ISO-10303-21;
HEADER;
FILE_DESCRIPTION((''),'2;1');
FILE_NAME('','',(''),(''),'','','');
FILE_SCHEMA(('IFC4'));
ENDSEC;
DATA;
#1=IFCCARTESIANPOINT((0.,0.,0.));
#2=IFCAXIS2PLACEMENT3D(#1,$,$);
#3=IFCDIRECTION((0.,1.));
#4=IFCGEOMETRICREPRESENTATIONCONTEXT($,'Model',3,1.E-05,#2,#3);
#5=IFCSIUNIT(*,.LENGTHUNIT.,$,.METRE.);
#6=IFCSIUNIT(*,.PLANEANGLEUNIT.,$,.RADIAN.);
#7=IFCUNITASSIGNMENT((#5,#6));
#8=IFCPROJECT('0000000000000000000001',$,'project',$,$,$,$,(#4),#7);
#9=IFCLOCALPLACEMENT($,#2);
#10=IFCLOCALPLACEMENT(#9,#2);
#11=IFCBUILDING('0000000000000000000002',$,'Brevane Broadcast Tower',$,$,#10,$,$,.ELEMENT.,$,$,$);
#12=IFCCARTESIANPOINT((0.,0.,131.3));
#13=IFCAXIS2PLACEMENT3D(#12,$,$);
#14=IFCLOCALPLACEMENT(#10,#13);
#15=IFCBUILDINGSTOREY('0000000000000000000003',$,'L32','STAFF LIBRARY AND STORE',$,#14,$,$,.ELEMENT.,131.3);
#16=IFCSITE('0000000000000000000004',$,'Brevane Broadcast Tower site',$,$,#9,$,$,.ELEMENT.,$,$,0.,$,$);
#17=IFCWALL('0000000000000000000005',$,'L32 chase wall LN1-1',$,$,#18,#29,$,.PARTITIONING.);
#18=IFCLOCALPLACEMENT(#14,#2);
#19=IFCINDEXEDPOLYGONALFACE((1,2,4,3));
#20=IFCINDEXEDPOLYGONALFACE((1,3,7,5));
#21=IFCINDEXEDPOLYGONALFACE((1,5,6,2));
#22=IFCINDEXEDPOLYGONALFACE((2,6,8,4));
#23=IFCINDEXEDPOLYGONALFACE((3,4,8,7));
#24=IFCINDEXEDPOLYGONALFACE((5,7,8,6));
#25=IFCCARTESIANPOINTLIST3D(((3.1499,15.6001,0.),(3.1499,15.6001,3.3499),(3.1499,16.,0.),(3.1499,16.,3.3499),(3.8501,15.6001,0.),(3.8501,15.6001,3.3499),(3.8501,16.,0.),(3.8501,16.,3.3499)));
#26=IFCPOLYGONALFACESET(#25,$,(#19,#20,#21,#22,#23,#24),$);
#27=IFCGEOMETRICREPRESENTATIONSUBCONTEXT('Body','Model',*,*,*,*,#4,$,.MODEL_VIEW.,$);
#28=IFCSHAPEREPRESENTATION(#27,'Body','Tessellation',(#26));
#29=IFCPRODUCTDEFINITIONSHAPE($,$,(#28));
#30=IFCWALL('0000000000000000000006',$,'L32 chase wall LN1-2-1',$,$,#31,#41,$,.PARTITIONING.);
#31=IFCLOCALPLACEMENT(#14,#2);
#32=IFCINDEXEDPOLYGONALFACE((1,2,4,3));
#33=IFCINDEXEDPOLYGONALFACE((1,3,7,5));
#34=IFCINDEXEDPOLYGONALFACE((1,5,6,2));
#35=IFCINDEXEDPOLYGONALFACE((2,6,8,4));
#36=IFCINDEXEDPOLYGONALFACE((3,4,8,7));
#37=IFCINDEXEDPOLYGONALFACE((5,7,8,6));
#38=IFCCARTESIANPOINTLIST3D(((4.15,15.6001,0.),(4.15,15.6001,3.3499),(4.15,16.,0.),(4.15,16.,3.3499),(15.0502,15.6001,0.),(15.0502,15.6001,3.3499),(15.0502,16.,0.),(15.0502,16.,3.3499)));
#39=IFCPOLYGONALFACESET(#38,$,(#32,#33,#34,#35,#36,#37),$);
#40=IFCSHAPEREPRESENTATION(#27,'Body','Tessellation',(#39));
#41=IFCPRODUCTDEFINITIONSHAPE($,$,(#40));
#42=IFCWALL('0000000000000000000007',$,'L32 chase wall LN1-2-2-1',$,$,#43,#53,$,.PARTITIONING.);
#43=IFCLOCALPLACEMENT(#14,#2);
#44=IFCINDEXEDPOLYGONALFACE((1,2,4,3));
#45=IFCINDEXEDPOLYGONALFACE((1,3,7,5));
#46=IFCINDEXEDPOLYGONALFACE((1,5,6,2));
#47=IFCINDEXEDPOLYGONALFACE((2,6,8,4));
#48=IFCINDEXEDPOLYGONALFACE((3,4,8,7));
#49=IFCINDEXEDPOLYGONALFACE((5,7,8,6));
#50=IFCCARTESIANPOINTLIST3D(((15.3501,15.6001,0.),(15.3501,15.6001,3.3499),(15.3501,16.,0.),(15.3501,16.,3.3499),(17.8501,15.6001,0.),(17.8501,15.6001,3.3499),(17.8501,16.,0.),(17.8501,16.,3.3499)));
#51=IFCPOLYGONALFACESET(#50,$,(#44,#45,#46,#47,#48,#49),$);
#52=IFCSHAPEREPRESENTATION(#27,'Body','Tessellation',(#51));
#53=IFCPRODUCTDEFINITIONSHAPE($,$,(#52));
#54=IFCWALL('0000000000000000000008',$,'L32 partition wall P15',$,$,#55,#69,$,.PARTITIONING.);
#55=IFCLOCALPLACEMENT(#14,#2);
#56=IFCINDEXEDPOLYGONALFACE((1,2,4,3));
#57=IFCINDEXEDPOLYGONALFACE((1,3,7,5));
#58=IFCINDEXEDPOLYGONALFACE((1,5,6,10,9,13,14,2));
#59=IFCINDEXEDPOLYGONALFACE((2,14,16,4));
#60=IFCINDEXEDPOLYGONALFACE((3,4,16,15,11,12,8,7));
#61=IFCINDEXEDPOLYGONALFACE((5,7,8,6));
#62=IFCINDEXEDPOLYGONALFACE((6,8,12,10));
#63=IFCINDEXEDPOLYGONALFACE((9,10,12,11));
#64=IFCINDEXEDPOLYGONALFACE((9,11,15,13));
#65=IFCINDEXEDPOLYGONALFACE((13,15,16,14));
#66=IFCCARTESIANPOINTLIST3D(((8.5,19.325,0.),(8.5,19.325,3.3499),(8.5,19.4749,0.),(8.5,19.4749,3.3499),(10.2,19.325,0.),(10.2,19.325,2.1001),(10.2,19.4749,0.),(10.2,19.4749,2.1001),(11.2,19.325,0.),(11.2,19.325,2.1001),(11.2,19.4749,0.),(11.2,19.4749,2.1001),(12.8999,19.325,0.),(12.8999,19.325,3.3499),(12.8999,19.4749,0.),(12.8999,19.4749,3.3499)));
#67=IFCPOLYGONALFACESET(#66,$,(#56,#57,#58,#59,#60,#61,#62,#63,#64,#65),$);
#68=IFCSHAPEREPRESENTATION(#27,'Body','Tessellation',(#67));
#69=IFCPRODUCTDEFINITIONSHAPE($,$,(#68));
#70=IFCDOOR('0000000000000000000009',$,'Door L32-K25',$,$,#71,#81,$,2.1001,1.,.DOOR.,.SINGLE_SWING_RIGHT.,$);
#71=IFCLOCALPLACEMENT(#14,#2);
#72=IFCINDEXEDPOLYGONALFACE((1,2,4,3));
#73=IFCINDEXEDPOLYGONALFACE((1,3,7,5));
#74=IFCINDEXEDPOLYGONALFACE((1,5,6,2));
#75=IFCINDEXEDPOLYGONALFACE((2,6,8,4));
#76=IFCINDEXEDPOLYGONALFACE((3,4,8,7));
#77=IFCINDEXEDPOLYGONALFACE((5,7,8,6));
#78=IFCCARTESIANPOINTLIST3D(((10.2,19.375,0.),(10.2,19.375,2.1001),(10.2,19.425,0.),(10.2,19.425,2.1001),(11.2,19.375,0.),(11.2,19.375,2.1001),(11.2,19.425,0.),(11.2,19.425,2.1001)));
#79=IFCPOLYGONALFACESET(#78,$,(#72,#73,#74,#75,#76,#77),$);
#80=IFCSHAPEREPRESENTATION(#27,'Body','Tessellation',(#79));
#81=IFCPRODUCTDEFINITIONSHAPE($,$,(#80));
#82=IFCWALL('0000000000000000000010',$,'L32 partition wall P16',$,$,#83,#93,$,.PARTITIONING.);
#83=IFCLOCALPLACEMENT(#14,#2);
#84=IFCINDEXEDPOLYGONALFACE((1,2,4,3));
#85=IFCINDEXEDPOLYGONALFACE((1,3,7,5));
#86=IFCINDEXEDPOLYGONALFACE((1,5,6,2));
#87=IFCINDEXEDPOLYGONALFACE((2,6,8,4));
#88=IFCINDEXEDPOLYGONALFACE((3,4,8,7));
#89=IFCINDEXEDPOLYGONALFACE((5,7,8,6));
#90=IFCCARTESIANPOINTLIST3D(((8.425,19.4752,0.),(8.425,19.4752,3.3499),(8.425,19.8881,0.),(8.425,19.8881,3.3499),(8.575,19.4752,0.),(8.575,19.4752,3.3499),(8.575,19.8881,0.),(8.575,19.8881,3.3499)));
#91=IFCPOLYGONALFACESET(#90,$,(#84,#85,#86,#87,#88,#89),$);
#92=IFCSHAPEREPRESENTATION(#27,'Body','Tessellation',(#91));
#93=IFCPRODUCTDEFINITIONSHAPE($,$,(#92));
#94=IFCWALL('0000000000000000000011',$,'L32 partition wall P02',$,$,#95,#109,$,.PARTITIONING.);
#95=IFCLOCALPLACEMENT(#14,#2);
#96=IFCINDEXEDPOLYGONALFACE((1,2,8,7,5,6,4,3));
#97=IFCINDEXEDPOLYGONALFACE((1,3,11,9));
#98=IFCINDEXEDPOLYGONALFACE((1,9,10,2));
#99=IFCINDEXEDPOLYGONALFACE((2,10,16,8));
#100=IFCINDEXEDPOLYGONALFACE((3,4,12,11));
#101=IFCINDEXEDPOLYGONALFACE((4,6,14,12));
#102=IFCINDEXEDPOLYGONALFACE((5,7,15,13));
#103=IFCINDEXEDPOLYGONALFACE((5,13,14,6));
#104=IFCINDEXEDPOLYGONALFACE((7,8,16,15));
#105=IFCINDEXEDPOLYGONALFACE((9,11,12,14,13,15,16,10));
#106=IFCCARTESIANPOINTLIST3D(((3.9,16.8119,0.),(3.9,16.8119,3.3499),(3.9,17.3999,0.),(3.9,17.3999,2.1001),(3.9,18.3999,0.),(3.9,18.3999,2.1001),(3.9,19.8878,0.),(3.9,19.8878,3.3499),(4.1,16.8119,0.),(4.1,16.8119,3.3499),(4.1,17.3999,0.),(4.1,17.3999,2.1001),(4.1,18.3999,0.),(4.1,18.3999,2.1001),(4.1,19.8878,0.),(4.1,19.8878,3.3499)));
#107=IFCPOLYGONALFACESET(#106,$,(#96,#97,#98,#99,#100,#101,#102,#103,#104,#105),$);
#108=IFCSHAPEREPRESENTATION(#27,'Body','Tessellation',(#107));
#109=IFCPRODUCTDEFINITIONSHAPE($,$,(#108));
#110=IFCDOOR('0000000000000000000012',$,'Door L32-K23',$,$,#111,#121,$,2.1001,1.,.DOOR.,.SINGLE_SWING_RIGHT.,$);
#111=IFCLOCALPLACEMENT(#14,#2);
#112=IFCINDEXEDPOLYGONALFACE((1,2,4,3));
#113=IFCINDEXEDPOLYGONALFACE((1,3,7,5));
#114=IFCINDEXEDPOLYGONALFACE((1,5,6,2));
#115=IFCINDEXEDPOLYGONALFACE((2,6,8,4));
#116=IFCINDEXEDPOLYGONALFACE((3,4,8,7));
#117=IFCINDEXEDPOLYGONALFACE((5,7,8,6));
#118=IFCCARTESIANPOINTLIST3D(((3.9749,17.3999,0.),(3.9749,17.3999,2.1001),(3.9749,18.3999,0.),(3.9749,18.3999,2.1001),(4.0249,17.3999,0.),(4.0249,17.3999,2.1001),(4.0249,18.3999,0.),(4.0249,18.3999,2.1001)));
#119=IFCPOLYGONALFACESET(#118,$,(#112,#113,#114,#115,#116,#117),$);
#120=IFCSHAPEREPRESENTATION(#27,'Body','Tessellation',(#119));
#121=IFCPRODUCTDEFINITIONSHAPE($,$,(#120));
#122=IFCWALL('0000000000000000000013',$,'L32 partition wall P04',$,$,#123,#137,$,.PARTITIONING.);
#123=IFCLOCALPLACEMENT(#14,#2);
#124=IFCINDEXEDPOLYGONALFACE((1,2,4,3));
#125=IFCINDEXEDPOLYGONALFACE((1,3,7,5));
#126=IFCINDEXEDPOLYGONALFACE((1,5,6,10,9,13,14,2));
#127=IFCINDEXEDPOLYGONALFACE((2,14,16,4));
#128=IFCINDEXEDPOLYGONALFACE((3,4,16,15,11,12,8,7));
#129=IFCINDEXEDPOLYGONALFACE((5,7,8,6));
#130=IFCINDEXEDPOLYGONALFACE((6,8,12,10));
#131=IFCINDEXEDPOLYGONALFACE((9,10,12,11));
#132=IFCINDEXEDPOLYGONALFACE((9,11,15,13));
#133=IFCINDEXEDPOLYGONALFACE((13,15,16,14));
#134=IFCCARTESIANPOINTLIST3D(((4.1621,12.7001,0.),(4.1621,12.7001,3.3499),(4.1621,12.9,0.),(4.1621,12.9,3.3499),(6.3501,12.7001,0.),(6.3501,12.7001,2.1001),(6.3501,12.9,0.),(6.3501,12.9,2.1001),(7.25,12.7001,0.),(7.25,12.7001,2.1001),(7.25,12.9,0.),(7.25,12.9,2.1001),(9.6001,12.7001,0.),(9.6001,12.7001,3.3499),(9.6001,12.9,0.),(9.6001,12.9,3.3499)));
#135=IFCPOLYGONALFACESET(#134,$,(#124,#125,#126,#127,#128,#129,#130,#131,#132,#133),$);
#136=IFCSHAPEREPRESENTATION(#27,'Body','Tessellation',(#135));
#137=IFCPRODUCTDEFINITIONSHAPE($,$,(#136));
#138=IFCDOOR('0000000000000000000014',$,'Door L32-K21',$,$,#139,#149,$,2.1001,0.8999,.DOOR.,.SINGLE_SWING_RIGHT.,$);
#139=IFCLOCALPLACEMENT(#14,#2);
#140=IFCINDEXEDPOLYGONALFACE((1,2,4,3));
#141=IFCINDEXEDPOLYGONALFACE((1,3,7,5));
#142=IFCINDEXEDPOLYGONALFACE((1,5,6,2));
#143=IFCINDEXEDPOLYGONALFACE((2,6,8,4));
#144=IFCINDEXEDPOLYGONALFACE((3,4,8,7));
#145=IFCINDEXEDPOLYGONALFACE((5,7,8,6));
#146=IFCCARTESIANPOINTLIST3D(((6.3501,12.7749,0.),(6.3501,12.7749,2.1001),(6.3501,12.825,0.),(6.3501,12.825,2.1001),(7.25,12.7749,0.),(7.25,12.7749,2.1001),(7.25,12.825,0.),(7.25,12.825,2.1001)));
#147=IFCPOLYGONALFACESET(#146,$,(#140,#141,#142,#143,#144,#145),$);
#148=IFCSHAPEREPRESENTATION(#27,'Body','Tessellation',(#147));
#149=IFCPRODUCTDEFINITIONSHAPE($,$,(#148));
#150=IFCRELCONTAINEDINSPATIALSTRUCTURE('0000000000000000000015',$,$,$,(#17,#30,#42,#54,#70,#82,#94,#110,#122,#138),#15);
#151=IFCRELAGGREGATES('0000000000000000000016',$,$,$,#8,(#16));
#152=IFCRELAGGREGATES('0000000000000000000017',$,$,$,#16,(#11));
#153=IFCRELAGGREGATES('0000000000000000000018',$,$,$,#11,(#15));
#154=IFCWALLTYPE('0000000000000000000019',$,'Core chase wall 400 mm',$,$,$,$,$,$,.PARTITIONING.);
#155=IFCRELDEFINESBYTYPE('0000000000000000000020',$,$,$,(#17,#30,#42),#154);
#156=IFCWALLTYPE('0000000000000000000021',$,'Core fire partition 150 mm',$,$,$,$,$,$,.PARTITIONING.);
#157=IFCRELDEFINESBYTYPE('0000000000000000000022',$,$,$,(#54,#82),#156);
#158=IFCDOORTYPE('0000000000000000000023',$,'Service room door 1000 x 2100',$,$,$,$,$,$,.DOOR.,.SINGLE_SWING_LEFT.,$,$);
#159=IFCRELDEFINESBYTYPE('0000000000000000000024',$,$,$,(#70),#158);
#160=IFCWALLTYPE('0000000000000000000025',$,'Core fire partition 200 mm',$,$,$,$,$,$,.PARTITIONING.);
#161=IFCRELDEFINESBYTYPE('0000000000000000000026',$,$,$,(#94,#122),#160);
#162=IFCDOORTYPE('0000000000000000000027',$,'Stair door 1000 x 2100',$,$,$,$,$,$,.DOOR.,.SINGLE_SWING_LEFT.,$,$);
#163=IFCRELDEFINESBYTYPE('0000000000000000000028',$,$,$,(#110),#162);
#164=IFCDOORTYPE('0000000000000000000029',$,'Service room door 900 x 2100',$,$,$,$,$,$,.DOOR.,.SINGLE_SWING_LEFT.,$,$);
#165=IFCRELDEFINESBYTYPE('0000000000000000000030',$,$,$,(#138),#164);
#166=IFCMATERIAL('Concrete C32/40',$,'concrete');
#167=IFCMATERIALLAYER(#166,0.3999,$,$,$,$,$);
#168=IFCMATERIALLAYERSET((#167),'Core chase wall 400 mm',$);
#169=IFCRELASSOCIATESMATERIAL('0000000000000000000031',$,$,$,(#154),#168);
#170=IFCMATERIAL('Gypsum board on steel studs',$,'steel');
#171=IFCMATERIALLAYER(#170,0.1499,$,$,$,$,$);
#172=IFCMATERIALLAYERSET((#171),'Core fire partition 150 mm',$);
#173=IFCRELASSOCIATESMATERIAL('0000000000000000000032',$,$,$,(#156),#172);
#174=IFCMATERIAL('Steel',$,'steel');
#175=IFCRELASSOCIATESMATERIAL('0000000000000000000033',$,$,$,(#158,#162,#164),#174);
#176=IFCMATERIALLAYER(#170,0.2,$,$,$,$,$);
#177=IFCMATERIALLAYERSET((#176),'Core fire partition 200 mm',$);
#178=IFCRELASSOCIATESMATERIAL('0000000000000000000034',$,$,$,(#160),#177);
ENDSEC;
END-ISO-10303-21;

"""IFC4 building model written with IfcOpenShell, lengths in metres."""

from ifc_helpers import new_model, si_unit, direction, frame, frame_2d, origin, place, context, subcontext, project, spatial, rectangle, extrude, material, layer, layer_set, type_object, element, fill, save


model = new_model("IFC4")

# Units and contexts
model_context = context("Model", 3, precision=1e-05, world=origin(), true_north=direction((0.0, 1.0)))
body_context = subcontext(model_context, "Body", "Model", "MODEL_VIEW")
ifc_project = project(units=[si_unit("LENGTHUNIT", "METRE"), si_unit("PLANEANGLEUNIT", "RADIAN")], contexts=[model_context])

# Site, building, storey
site_placement = place(None, origin())
site = spatial("IfcSite", under=ifc_project, at=site_placement, Name="Brevane Broadcast Tower site", CompositionType="ELEMENT", RefElevation=0.0)
building_placement = place(site_placement, origin())
building = spatial("IfcBuilding", under=site, at=building_placement, Name="Brevane Broadcast Tower", CompositionType="ELEMENT")
storey_placement = place(building_placement, frame((0.0, 0.0, 131.3)))
storey = spatial("IfcBuildingStorey", under=building, at=storey_placement, Name="L32", Description="STAFF LIBRARY AND STORE", CompositionType="ELEMENT", Elevation=131.3)

# Walls
ifc_material_1 = material(Name="Concrete C32/40", Category="concrete")
ifc_layer_1 = layer(ifc_material_1, 0.3999)
ifc_layer_set_1 = layer_set([ifc_layer_1], Name="Core chase wall 400 mm")
wall_type_1 = type_object("IfcWallType", Name="Core chase wall 400 mm", PredefinedType="PARTITIONING", material=ifc_layer_set_1)
wall_1_placement = place(storey_placement, frame((3.1499, 15.8, 0.0), z_axis=(0.0, 0.0, 1.0), x_axis=(1.0, 0.0, 0.0)))
element("IfcWall", 1, at=wall_1_placement, inside=storey, type_object=wall_type_1, Name="L32 chase wall LN1-1", PredefinedType="PARTITIONING", context=body_context, shape_type="SweptSolid", body=[
    extrude(rectangle(XDim=0.7002, YDim=0.3999, at=frame_2d((0.3501, 0.0))), origin(), (0.0, 0.0, 1.0), 3.3499),
])
wall_2_placement = place(storey_placement, frame((4.1499, 15.8, 0.0), z_axis=(0.0, 0.0, 1.0), x_axis=(1.0, 0.0, 0.0)))
element("IfcWall", 2, at=wall_2_placement, inside=storey, type_object=wall_type_1, Name="L32 chase wall LN1-2-1", PredefinedType="PARTITIONING", context=body_context, shape_type="SweptSolid", body=[
    extrude(rectangle(XDim=10.9001, YDim=0.3999, at=frame_2d((5.4502, 0.0))), origin(), (0.0, 0.0, 1.0), 3.3499),
])
wall_3_placement = place(storey_placement, frame((15.3501, 15.8, 0.0), z_axis=(0.0, 0.0, 1.0), x_axis=(1.0, 0.0, 0.0)))
element("IfcWall", 3, at=wall_3_placement, inside=storey, type_object=wall_type_1, Name="L32 chase wall LN1-2-2-1", PredefinedType="PARTITIONING", context=body_context, shape_type="SweptSolid", body=[
    extrude(rectangle(XDim=2.5, YDim=0.3999, at=frame_2d((1.25, 0.0))), origin(), (0.0, 0.0, 1.0), 3.3499),
])

# Wall, opening, door
ifc_material_2 = material(Name="Gypsum board on steel studs", Category="steel")
ifc_layer_2 = layer(ifc_material_2, 0.1499)
ifc_layer_set_2 = layer_set([ifc_layer_2], Name="Core fire partition 150 mm")
wall_type_2 = type_object("IfcWallType", Name="Core fire partition 150 mm", PredefinedType="PARTITIONING", material=ifc_layer_set_2)
wall_4_placement = place(storey_placement, frame((12.8999, 19.3999, 0.0), z_axis=(0.0, 0.0, 1.0), x_axis=(-1.0, 0.0, 0.0)))
wall_4 = element("IfcWall", 4, at=wall_4_placement, inside=storey, type_object=wall_type_2, Name="L32 partition wall P15", PredefinedType="PARTITIONING", context=body_context, shape_type="SweptSolid", body=[
    extrude(rectangle(XDim=4.3999, YDim=0.1499, at=frame_2d((2.2, 0.0))), origin(), (0.0, 0.0, 1.0), 3.3499),
])
opening_1_placement = place(wall_4_placement, frame((1.7, 0.0, 0.0)))
opening_1 = element("IfcOpeningElement", 5, at=opening_1_placement, cuts=wall_4, PredefinedType="OPENING", context=body_context, shape_type="SweptSolid", body=[
    extrude(rectangle(XDim=1.0, YDim=2.1001, at=frame_2d((0.5, 1.05))), frame((0.0, 0.085, 0.0), z_axis=(0.0, -1.0, 0.0), x_axis=(1.0, 0.0, 0.0)), (0.0, 0.0, 1.0), 0.1699),
])
ifc_material_3 = material(Name="Steel", Category="steel")
door_type_1 = type_object("IfcDoorType", Name="Service room door 1000 x 2100", OperationType="SINGLE_SWING_LEFT", PredefinedType="DOOR", material=ifc_material_3)
door_1_placement = place(opening_1_placement, origin())
door_1 = element("IfcDoor", 6, at=door_1_placement, inside=storey, type_object=door_type_1, Name="Door L32-K25", OperationType="SINGLE_SWING_RIGHT", OverallHeight=2.1001, OverallWidth=1.0, PredefinedType="DOOR", context=body_context, shape_type="SweptSolid", body=[
    extrude(rectangle(XDim=1.0, YDim=2.1001, at=frame_2d((0.5, 1.05))), frame((0.0, 0.0249, 0.0), z_axis=(0.0, -1.0, 0.0), x_axis=(1.0, 0.0, 0.0)), (0.0, 0.0, 1.0), 0.05),
])
fill(opening_1, door_1)

# Wall
wall_5_placement = place(storey_placement, frame((8.5, 19.4751, 0.0), z_axis=(0.0, 0.0, 1.0), x_axis=(0.0, 1.0, 0.0)))
element("IfcWall", 7, at=wall_5_placement, inside=storey, type_object=wall_type_2, Name="L32 partition wall P16", PredefinedType="PARTITIONING", context=body_context, shape_type="SweptSolid", body=[
    extrude(rectangle(XDim=0.4128, YDim=0.1499, at=frame_2d((0.2065, 0.0))), origin(), (0.0, 0.0, 1.0), 3.3499),
])

# Walls, openings, doors
ifc_layer_3 = layer(ifc_material_2, 0.2)
ifc_layer_set_3 = layer_set([ifc_layer_3], Name="Core fire partition 200 mm")
wall_type_3 = type_object("IfcWallType", Name="Core fire partition 200 mm", PredefinedType="PARTITIONING", material=ifc_layer_set_3)
wall_6_placement = place(storey_placement, frame((4.0, 19.8879, 0.0), z_axis=(0.0, 0.0, 1.0), x_axis=(0.0, -1.0, 0.0)))
wall_6 = element("IfcWall", 8, at=wall_6_placement, inside=storey, type_object=wall_type_3, Name="L32 partition wall P02", PredefinedType="PARTITIONING", context=body_context, shape_type="SweptSolid", body=[
    extrude(rectangle(XDim=3.0759, YDim=0.2, at=frame_2d((1.5381, 0.0))), origin(), (0.0, 0.0, 1.0), 3.3499),
])
opening_2_placement = place(wall_6_placement, frame((1.488, 0.0, 0.0)))
opening_2 = element("IfcOpeningElement", 9, at=opening_2_placement, cuts=wall_6, PredefinedType="OPENING", context=body_context, shape_type="SweptSolid", body=[
    extrude(rectangle(XDim=1.0, YDim=2.1001, at=frame_2d((0.5, 1.05))), frame((0.0, 0.1099, 0.0), z_axis=(0.0, -1.0, 0.0), x_axis=(1.0, 0.0, 0.0)), (0.0, 0.0, 1.0), 0.22),
])
door_type_2 = type_object("IfcDoorType", Name="Stair door 1000 x 2100", OperationType="SINGLE_SWING_LEFT", PredefinedType="DOOR", material=ifc_material_3)
door_2_placement = place(opening_2_placement, origin())
door_2 = element("IfcDoor", 10, at=door_2_placement, inside=storey, type_object=door_type_2, Name="Door L32-K23", OperationType="SINGLE_SWING_RIGHT", OverallHeight=2.1001, OverallWidth=1.0, PredefinedType="DOOR", context=body_context, shape_type="SweptSolid", body=[
    extrude(rectangle(XDim=1.0, YDim=2.1001, at=frame_2d((0.5, 1.05))), frame((0.0, 0.0249, 0.0), z_axis=(0.0, -1.0, 0.0), x_axis=(1.0, 0.0, 0.0)), (0.0, 0.0, 1.0), 0.05),
])
fill(opening_2, door_2)
wall_7_placement = place(storey_placement, frame((4.1621, 12.8, 0.0), z_axis=(0.0, 0.0, 1.0), x_axis=(1.0, 0.0, 0.0)))
wall_7 = element("IfcWall", 11, at=wall_7_placement, inside=storey, type_object=wall_type_3, Name="L32 partition wall P04", PredefinedType="PARTITIONING", context=body_context, shape_type="SweptSolid", body=[
    extrude(rectangle(XDim=5.438, YDim=0.2, at=frame_2d((2.719, 0.0))), origin(), (0.0, 0.0, 1.0), 3.3499),
])
opening_3_placement = place(wall_7_placement, frame((2.188, 0.0, 0.0)))
opening_3 = element("IfcOpeningElement", 12, at=opening_3_placement, cuts=wall_7, PredefinedType="OPENING", context=body_context, shape_type="SweptSolid", body=[
    extrude(rectangle(XDim=0.8999, YDim=2.1001, at=frame_2d((0.45, 1.05))), frame((0.0, 0.1099, 0.0), z_axis=(0.0, -1.0, 0.0), x_axis=(1.0, 0.0, 0.0)), (0.0, 0.0, 1.0), 0.22),
])
door_type_3 = type_object("IfcDoorType", Name="Service room door 900 x 2100", OperationType="SINGLE_SWING_LEFT", PredefinedType="DOOR", material=ifc_material_3)
door_3_placement = place(opening_3_placement, origin())
door_3 = element("IfcDoor", 13, at=door_3_placement, inside=storey, type_object=door_type_3, Name="Door L32-K21", OperationType="SINGLE_SWING_RIGHT", OverallHeight=2.1001, OverallWidth=0.8999, PredefinedType="DOOR", context=body_context, shape_type="SweptSolid", body=[
    extrude(rectangle(XDim=0.8999, YDim=2.1001, at=frame_2d((0.45, 1.05))), frame((0.0, 0.0249, 0.0), z_axis=(0.0, -1.0, 0.0), x_axis=(1.0, 0.0, 0.0)), (0.0, 0.0, 1.0), 0.05),
])
fill(opening_3, door_3)

save(model, "model.ifc")
